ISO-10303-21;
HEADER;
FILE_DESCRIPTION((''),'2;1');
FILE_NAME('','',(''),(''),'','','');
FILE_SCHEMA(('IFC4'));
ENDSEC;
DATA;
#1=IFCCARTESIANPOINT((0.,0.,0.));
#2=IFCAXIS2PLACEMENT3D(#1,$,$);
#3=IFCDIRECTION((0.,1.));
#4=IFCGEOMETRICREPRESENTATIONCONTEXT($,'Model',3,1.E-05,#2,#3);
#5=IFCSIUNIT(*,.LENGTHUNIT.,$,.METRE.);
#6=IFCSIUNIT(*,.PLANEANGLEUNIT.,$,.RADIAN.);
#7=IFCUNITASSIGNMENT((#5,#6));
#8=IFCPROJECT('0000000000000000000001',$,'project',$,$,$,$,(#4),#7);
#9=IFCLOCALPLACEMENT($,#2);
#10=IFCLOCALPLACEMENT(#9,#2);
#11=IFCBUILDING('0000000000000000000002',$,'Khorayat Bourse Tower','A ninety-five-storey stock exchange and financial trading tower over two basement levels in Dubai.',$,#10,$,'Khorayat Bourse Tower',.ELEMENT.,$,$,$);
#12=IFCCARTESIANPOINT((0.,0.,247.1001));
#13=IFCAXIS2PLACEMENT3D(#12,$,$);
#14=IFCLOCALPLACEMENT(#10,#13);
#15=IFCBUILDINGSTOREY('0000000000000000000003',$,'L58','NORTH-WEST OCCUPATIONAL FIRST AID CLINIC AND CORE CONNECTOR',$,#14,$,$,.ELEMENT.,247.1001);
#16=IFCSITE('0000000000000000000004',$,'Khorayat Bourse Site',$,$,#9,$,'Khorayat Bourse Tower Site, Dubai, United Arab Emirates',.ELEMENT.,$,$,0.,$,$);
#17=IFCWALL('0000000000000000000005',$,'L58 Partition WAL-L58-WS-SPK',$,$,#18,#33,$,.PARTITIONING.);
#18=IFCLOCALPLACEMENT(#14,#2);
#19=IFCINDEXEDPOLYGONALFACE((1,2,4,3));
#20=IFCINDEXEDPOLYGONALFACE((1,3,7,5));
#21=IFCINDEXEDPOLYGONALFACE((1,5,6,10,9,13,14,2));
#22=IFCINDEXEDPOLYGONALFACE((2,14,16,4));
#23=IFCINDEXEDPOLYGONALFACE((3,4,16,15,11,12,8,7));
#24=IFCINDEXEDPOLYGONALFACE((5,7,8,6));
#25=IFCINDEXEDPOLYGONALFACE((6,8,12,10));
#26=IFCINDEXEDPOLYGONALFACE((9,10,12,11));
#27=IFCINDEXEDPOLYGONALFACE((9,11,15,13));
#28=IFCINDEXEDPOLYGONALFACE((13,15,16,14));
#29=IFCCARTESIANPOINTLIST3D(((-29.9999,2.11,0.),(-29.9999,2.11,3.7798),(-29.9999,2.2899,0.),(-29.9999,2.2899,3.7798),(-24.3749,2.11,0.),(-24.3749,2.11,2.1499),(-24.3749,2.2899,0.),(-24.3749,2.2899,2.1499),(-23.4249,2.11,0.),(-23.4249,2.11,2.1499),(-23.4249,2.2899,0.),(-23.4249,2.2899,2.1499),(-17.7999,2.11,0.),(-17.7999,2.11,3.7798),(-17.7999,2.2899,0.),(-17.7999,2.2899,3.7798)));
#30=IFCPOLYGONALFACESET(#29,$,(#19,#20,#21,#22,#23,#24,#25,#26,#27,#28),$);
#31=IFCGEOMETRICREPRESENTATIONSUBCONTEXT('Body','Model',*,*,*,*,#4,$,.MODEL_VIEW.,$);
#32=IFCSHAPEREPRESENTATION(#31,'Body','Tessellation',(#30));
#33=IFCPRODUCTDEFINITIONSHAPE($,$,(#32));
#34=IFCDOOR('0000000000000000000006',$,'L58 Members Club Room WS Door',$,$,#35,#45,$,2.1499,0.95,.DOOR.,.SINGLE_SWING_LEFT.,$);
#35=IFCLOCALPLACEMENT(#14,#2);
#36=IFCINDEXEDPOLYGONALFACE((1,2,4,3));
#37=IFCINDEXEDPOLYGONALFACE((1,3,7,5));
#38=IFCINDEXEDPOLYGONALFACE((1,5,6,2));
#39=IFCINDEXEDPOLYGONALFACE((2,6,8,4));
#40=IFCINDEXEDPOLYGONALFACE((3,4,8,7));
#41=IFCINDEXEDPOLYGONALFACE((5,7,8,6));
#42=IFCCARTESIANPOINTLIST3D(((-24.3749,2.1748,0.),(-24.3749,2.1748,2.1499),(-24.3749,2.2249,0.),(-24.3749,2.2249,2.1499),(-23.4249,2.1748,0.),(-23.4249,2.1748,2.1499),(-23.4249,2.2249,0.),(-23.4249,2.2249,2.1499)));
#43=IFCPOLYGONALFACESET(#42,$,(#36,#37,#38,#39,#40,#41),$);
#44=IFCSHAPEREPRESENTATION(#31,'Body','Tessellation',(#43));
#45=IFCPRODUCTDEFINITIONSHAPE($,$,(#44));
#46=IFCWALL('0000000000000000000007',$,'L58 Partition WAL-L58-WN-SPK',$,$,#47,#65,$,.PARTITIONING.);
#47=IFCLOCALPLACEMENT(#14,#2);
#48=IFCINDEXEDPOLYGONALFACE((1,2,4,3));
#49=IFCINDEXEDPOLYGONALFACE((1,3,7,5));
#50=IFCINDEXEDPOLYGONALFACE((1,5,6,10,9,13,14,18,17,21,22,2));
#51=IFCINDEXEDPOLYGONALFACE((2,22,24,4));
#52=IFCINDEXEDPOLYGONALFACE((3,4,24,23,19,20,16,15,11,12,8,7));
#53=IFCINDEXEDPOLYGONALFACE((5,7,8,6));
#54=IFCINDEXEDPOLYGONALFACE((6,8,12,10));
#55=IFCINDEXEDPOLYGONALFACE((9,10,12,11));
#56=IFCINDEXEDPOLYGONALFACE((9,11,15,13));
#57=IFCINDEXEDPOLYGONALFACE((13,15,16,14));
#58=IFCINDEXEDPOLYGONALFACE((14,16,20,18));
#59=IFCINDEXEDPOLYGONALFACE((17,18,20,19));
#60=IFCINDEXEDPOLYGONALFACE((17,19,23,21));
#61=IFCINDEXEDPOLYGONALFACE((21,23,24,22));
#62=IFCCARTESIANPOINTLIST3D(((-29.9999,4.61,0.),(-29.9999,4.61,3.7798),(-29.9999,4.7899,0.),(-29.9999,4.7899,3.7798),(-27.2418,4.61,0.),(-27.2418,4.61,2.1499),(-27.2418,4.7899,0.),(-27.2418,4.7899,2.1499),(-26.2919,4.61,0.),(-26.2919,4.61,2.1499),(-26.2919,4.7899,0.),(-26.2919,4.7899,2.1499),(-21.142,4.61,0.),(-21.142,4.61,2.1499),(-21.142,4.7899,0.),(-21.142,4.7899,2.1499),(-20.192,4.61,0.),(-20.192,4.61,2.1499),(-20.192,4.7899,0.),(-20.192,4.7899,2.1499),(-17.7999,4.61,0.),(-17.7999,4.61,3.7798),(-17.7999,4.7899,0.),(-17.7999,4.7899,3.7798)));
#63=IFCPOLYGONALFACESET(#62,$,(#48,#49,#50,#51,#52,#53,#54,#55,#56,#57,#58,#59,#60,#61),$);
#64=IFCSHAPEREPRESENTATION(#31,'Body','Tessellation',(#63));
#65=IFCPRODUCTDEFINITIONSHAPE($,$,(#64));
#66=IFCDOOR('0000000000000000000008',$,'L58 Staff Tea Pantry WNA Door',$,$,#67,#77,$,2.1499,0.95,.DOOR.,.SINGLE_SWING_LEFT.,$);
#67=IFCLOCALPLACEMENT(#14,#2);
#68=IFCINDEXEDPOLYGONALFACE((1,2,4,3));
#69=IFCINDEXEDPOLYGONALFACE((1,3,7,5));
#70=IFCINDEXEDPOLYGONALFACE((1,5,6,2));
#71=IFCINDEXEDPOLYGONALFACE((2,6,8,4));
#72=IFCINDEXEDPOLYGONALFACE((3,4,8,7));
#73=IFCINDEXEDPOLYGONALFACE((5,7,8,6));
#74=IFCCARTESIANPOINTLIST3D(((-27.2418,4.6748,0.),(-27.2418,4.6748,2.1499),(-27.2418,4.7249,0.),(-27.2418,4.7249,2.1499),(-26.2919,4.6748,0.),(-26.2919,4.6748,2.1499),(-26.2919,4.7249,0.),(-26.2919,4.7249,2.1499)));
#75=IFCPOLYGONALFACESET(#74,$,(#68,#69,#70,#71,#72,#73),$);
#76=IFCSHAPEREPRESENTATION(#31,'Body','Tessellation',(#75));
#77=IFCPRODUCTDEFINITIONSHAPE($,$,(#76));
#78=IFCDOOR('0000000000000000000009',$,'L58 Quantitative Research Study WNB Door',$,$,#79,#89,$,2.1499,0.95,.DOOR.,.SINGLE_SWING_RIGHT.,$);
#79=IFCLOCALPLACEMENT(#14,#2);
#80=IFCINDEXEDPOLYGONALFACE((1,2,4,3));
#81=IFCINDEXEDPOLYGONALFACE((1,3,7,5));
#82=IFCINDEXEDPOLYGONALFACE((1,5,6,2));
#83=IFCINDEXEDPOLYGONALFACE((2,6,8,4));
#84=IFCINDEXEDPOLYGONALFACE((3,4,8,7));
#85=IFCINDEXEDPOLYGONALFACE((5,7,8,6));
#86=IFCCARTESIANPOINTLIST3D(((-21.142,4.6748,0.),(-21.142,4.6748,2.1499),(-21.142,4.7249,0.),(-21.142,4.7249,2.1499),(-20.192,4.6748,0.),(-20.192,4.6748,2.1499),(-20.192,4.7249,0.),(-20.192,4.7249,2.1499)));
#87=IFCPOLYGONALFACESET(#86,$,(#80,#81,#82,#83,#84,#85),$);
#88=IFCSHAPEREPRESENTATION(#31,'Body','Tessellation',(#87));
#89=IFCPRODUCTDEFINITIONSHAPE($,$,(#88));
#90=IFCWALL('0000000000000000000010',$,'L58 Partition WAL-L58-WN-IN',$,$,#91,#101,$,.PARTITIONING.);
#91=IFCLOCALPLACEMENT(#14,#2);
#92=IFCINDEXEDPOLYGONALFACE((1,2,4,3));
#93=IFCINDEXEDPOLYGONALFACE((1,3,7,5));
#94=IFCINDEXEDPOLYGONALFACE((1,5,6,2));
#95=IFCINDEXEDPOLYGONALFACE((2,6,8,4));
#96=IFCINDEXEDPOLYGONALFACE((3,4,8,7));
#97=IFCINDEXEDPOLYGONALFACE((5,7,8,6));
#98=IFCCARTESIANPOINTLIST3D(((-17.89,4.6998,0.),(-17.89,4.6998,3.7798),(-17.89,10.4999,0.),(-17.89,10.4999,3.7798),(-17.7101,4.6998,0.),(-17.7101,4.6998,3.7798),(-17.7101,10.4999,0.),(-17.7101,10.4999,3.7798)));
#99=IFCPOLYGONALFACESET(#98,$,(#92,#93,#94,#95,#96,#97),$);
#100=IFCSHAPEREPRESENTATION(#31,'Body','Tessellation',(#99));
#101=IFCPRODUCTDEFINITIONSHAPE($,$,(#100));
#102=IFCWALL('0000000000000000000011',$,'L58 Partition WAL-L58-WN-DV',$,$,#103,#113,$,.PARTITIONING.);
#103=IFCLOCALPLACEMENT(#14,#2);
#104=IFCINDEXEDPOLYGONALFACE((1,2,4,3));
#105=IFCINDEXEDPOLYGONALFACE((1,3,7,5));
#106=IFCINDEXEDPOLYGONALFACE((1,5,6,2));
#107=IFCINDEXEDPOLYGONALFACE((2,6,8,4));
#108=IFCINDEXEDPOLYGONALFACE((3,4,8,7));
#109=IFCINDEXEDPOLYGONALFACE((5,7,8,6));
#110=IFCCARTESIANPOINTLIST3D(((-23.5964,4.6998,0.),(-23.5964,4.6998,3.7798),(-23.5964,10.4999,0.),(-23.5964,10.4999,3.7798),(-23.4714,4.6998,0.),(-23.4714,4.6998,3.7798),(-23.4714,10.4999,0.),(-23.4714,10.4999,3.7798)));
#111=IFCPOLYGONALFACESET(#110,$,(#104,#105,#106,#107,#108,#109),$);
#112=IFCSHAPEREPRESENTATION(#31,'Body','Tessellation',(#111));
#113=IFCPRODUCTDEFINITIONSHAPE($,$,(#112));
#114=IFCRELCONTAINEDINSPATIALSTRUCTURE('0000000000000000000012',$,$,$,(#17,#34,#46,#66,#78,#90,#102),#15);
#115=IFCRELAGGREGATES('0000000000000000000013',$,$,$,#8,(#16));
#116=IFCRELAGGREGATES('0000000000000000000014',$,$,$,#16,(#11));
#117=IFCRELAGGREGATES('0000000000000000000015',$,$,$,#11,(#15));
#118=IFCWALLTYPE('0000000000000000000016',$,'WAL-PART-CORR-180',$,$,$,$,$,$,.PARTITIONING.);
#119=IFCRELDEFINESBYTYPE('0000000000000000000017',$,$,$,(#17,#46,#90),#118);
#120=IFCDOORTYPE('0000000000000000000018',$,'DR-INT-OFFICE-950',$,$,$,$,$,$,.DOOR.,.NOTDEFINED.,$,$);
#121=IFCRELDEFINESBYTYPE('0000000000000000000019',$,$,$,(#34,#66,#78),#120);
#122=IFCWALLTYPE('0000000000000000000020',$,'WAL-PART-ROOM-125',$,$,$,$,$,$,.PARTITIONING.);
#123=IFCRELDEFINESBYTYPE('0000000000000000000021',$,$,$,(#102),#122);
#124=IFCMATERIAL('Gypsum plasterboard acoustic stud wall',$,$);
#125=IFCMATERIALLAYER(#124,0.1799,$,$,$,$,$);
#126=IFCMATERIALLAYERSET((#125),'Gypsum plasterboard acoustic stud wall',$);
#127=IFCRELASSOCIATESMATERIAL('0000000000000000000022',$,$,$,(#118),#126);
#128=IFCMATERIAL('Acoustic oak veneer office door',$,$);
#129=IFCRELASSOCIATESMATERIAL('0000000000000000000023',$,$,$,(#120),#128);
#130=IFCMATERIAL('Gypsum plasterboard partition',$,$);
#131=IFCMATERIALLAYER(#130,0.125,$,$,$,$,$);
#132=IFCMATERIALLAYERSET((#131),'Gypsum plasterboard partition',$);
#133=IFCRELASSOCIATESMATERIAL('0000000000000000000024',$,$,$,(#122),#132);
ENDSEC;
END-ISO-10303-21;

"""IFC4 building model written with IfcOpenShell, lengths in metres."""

from ifc_helpers import new_model, si_unit, direction, frame, frame_2d, origin, place, context, subcontext, project, spatial, rectangle, extrude, source, transform, mapped, material, layer, layer_set, type_object, element, fill, save


model = new_model("IFC4")

# Units and contexts
model_context = context("Model", 3, precision=1e-05, world=origin(), true_north=direction((0.0, 1.0)))
body_context = subcontext(model_context, "Body", "Model", "MODEL_VIEW")
ifc_project = project(units=[si_unit("LENGTHUNIT", "METRE"), si_unit("PLANEANGLEUNIT", "RADIAN")], contexts=[model_context])

# Site, building, storey
site_placement = place(None, origin())
site = spatial("IfcSite", under=ifc_project, at=site_placement, Name="Khorayat Bourse Site", LongName="Khorayat Bourse Tower Site, Dubai, United Arab Emirates", CompositionType="ELEMENT", RefElevation=0.0)
building_placement = place(site_placement, origin())
building = spatial("IfcBuilding", under=site, at=building_placement, Name="Khorayat Bourse Tower", Description="A ninety-five-storey stock exchange and financial trading tower over two basement levels in Dubai.", LongName="Khorayat Bourse Tower", CompositionType="ELEMENT")
storey_placement = place(building_placement, frame((0.0, 0.0, 247.1001)))
storey = spatial("IfcBuildingStorey", under=building, at=storey_placement, Name="L58", Description="NORTH-WEST OCCUPATIONAL FIRST AID CLINIC AND CORE CONNECTOR", CompositionType="ELEMENT", Elevation=247.1001)

# Shared definitions
ifc_material_1 = material(Name="Gypsum plasterboard acoustic stud wall")
ifc_layer_1 = layer(ifc_material_1, 0.1799)
ifc_layer_set_1 = layer_set([ifc_layer_1], Name="Gypsum plasterboard acoustic stud wall")
wall_type_1 = type_object("IfcWallType", Name="WAL-PART-CORR-180", PredefinedType="PARTITIONING", material=ifc_layer_set_1)

# Wall, opening, door
shared_shape_1 = source(origin(), body_context, "Body", "SweptSolid", [
    extrude(rectangle(XDim=12.2, YDim=0.1799, at=frame_2d((6.1001, 0.0))), origin(), (0.0, 0.0, 1.0), 3.7798),
])
wall_1_placement = place(storey_placement, frame((-30.0, 2.2, 0.0), z_axis=(0.0, 0.0, 1.0), x_axis=(1.0, 0.0, 0.0)))
wall_1 = element("IfcWall", 1, at=wall_1_placement, inside=storey, type_object=wall_type_1, Name="L58 Partition WAL-L58-WS-SPK", PredefinedType="PARTITIONING", context=body_context, shape_type="MappedRepresentation", body=[
    mapped(shared_shape_1, transform((0.0, 0.0, 0.0), scale=1.0)),
])
shared_shape_2 = source(origin(), body_context, "Body", "SweptSolid", [
    extrude(rectangle(XDim=0.95, YDim=2.1499, at=frame_2d((0.4751, 1.075))), frame((0.0, 0.0999, 0.0), z_axis=(0.0, -1.0, 0.0), x_axis=(1.0, 0.0, 0.0)), (0.0, 0.0, 1.0), 0.2),
])
opening_1_placement = place(wall_1_placement, frame((5.625, 0.0, 0.0)))
opening_1 = element("IfcOpeningElement", 2, at=opening_1_placement, cuts=wall_1, PredefinedType="OPENING", context=body_context, shape_type="MappedRepresentation", body=[
    mapped(shared_shape_2, transform((0.0, 0.0, 0.0), scale=1.0)),
])
ifc_material_2 = material(Name="Acoustic oak veneer office door")
door_type = type_object("IfcDoorType", Name="DR-INT-OFFICE-950", OperationType="NOTDEFINED", PredefinedType="DOOR", material=ifc_material_2)
shared_shape_3 = source(origin(), body_context, "Body", "SweptSolid", [
    extrude(rectangle(XDim=0.95, YDim=2.1499, at=frame_2d((0.4751, 1.075))), frame((0.0, 0.0249, 0.0), z_axis=(0.0, -1.0, 0.0), x_axis=(1.0, 0.0, 0.0)), (0.0, 0.0, 1.0), 0.05),
])
door_1_placement = place(opening_1_placement, origin())
door_1 = element("IfcDoor", 3, at=door_1_placement, inside=storey, type_object=door_type, Name="L58 Members Club Room WS Door", OperationType="SINGLE_SWING_LEFT", OverallHeight=2.1499, OverallWidth=0.95, PredefinedType="DOOR", context=body_context, shape_type="MappedRepresentation", body=[
    mapped(shared_shape_3, transform((0.0, 0.0, 0.0), scale=1.0)),
])
fill(opening_1, door_1)

# Wall, openings, doors
wall_2_placement = place(storey_placement, frame((-30.0, 4.7, 0.0), z_axis=(0.0, 0.0, 1.0), x_axis=(1.0, 0.0, 0.0)))
wall_2 = element("IfcWall", 4, at=wall_2_placement, inside=storey, type_object=wall_type_1, Name="L58 Partition WAL-L58-WN-SPK", PredefinedType="PARTITIONING", context=body_context, shape_type="MappedRepresentation", body=[
    mapped(shared_shape_1, transform((0.0, 0.0, 0.0), scale=1.0)),
])
opening_2_placement = place(wall_2_placement, frame((2.7581, 0.0, 0.0)))
opening_2 = element("IfcOpeningElement", 5, at=opening_2_placement, cuts=wall_2, PredefinedType="OPENING", context=body_context, shape_type="MappedRepresentation", body=[
    mapped(shared_shape_2, transform((0.0, 0.0, 0.0), scale=1.0)),
])
opening_3_placement = place(wall_2_placement, frame((8.8579, 0.0, 0.0)))
opening_3 = element("IfcOpeningElement", 6, at=opening_3_placement, cuts=wall_2, PredefinedType="OPENING", context=body_context, shape_type="MappedRepresentation", body=[
    mapped(shared_shape_2, transform((0.0, 0.0, 0.0), scale=1.0)),
])
door_2_placement = place(opening_2_placement, origin())
door_2 = element("IfcDoor", 7, at=door_2_placement, inside=storey, type_object=door_type, Name="L58 Staff Tea Pantry WNA Door", OperationType="SINGLE_SWING_LEFT", OverallHeight=2.1499, OverallWidth=0.95, PredefinedType="DOOR", context=body_context, shape_type="MappedRepresentation", body=[
    mapped(shared_shape_3, transform((0.0, 0.0, 0.0), scale=1.0)),
])
fill(opening_2, door_2)
door_3_placement = place(opening_3_placement, origin())
door_3 = element("IfcDoor", 8, at=door_3_placement, inside=storey, type_object=door_type, Name="L58 Quantitative Research Study WNB Door", OperationType="SINGLE_SWING_RIGHT", OverallHeight=2.1499, OverallWidth=0.95, PredefinedType="DOOR", context=body_context, shape_type="MappedRepresentation", body=[
    mapped(shared_shape_3, transform((0.0, 0.0, 0.0), scale=1.0)),
])
fill(opening_3, door_3)

# Walls
shared_shape_4 = source(origin(), body_context, "Body", "SweptSolid", [
    extrude(rectangle(XDim=5.8, YDim=0.1799, at=frame_2d((2.8999, 0.0))), origin(), (0.0, 0.0, 1.0), 3.7798),
])
wall_3_placement = place(storey_placement, frame((-17.8, 4.7, 0.0), z_axis=(0.0, 0.0, 1.0), x_axis=(0.0, 1.0, 0.0)))
element("IfcWall", 9, at=wall_3_placement, inside=storey, type_object=wall_type_1, Name="L58 Partition WAL-L58-WN-IN", PredefinedType="PARTITIONING", context=body_context, shape_type="MappedRepresentation", body=[
    mapped(shared_shape_4, transform((0.0, 0.0, 0.0), scale=1.0)),
])
ifc_material_3 = material(Name="Gypsum plasterboard partition")
ifc_layer_2 = layer(ifc_material_3, 0.125)
ifc_layer_set_2 = layer_set([ifc_layer_2], Name="Gypsum plasterboard partition")
wall_type_2 = type_object("IfcWallType", Name="WAL-PART-ROOM-125", PredefinedType="PARTITIONING", material=ifc_layer_set_2)
shared_shape_5 = source(origin(), body_context, "Body", "SweptSolid", [
    extrude(rectangle(XDim=5.8, YDim=0.125, at=frame_2d((2.8999, 0.0))), origin(), (0.0, 0.0, 1.0), 3.7798),
])
wall_4_placement = place(storey_placement, frame((-23.5339, 4.7, 0.0), z_axis=(0.0, 0.0, 1.0), x_axis=(0.0, 1.0, 0.0)))
element("IfcWall", 10, at=wall_4_placement, inside=storey, type_object=wall_type_2, Name="L58 Partition WAL-L58-WN-DV", PredefinedType="PARTITIONING", context=body_context, shape_type="MappedRepresentation", body=[
    mapped(shared_shape_5, transform((0.0, 0.0, 0.0), scale=1.0)),
])

save(model, "model.ifc")
